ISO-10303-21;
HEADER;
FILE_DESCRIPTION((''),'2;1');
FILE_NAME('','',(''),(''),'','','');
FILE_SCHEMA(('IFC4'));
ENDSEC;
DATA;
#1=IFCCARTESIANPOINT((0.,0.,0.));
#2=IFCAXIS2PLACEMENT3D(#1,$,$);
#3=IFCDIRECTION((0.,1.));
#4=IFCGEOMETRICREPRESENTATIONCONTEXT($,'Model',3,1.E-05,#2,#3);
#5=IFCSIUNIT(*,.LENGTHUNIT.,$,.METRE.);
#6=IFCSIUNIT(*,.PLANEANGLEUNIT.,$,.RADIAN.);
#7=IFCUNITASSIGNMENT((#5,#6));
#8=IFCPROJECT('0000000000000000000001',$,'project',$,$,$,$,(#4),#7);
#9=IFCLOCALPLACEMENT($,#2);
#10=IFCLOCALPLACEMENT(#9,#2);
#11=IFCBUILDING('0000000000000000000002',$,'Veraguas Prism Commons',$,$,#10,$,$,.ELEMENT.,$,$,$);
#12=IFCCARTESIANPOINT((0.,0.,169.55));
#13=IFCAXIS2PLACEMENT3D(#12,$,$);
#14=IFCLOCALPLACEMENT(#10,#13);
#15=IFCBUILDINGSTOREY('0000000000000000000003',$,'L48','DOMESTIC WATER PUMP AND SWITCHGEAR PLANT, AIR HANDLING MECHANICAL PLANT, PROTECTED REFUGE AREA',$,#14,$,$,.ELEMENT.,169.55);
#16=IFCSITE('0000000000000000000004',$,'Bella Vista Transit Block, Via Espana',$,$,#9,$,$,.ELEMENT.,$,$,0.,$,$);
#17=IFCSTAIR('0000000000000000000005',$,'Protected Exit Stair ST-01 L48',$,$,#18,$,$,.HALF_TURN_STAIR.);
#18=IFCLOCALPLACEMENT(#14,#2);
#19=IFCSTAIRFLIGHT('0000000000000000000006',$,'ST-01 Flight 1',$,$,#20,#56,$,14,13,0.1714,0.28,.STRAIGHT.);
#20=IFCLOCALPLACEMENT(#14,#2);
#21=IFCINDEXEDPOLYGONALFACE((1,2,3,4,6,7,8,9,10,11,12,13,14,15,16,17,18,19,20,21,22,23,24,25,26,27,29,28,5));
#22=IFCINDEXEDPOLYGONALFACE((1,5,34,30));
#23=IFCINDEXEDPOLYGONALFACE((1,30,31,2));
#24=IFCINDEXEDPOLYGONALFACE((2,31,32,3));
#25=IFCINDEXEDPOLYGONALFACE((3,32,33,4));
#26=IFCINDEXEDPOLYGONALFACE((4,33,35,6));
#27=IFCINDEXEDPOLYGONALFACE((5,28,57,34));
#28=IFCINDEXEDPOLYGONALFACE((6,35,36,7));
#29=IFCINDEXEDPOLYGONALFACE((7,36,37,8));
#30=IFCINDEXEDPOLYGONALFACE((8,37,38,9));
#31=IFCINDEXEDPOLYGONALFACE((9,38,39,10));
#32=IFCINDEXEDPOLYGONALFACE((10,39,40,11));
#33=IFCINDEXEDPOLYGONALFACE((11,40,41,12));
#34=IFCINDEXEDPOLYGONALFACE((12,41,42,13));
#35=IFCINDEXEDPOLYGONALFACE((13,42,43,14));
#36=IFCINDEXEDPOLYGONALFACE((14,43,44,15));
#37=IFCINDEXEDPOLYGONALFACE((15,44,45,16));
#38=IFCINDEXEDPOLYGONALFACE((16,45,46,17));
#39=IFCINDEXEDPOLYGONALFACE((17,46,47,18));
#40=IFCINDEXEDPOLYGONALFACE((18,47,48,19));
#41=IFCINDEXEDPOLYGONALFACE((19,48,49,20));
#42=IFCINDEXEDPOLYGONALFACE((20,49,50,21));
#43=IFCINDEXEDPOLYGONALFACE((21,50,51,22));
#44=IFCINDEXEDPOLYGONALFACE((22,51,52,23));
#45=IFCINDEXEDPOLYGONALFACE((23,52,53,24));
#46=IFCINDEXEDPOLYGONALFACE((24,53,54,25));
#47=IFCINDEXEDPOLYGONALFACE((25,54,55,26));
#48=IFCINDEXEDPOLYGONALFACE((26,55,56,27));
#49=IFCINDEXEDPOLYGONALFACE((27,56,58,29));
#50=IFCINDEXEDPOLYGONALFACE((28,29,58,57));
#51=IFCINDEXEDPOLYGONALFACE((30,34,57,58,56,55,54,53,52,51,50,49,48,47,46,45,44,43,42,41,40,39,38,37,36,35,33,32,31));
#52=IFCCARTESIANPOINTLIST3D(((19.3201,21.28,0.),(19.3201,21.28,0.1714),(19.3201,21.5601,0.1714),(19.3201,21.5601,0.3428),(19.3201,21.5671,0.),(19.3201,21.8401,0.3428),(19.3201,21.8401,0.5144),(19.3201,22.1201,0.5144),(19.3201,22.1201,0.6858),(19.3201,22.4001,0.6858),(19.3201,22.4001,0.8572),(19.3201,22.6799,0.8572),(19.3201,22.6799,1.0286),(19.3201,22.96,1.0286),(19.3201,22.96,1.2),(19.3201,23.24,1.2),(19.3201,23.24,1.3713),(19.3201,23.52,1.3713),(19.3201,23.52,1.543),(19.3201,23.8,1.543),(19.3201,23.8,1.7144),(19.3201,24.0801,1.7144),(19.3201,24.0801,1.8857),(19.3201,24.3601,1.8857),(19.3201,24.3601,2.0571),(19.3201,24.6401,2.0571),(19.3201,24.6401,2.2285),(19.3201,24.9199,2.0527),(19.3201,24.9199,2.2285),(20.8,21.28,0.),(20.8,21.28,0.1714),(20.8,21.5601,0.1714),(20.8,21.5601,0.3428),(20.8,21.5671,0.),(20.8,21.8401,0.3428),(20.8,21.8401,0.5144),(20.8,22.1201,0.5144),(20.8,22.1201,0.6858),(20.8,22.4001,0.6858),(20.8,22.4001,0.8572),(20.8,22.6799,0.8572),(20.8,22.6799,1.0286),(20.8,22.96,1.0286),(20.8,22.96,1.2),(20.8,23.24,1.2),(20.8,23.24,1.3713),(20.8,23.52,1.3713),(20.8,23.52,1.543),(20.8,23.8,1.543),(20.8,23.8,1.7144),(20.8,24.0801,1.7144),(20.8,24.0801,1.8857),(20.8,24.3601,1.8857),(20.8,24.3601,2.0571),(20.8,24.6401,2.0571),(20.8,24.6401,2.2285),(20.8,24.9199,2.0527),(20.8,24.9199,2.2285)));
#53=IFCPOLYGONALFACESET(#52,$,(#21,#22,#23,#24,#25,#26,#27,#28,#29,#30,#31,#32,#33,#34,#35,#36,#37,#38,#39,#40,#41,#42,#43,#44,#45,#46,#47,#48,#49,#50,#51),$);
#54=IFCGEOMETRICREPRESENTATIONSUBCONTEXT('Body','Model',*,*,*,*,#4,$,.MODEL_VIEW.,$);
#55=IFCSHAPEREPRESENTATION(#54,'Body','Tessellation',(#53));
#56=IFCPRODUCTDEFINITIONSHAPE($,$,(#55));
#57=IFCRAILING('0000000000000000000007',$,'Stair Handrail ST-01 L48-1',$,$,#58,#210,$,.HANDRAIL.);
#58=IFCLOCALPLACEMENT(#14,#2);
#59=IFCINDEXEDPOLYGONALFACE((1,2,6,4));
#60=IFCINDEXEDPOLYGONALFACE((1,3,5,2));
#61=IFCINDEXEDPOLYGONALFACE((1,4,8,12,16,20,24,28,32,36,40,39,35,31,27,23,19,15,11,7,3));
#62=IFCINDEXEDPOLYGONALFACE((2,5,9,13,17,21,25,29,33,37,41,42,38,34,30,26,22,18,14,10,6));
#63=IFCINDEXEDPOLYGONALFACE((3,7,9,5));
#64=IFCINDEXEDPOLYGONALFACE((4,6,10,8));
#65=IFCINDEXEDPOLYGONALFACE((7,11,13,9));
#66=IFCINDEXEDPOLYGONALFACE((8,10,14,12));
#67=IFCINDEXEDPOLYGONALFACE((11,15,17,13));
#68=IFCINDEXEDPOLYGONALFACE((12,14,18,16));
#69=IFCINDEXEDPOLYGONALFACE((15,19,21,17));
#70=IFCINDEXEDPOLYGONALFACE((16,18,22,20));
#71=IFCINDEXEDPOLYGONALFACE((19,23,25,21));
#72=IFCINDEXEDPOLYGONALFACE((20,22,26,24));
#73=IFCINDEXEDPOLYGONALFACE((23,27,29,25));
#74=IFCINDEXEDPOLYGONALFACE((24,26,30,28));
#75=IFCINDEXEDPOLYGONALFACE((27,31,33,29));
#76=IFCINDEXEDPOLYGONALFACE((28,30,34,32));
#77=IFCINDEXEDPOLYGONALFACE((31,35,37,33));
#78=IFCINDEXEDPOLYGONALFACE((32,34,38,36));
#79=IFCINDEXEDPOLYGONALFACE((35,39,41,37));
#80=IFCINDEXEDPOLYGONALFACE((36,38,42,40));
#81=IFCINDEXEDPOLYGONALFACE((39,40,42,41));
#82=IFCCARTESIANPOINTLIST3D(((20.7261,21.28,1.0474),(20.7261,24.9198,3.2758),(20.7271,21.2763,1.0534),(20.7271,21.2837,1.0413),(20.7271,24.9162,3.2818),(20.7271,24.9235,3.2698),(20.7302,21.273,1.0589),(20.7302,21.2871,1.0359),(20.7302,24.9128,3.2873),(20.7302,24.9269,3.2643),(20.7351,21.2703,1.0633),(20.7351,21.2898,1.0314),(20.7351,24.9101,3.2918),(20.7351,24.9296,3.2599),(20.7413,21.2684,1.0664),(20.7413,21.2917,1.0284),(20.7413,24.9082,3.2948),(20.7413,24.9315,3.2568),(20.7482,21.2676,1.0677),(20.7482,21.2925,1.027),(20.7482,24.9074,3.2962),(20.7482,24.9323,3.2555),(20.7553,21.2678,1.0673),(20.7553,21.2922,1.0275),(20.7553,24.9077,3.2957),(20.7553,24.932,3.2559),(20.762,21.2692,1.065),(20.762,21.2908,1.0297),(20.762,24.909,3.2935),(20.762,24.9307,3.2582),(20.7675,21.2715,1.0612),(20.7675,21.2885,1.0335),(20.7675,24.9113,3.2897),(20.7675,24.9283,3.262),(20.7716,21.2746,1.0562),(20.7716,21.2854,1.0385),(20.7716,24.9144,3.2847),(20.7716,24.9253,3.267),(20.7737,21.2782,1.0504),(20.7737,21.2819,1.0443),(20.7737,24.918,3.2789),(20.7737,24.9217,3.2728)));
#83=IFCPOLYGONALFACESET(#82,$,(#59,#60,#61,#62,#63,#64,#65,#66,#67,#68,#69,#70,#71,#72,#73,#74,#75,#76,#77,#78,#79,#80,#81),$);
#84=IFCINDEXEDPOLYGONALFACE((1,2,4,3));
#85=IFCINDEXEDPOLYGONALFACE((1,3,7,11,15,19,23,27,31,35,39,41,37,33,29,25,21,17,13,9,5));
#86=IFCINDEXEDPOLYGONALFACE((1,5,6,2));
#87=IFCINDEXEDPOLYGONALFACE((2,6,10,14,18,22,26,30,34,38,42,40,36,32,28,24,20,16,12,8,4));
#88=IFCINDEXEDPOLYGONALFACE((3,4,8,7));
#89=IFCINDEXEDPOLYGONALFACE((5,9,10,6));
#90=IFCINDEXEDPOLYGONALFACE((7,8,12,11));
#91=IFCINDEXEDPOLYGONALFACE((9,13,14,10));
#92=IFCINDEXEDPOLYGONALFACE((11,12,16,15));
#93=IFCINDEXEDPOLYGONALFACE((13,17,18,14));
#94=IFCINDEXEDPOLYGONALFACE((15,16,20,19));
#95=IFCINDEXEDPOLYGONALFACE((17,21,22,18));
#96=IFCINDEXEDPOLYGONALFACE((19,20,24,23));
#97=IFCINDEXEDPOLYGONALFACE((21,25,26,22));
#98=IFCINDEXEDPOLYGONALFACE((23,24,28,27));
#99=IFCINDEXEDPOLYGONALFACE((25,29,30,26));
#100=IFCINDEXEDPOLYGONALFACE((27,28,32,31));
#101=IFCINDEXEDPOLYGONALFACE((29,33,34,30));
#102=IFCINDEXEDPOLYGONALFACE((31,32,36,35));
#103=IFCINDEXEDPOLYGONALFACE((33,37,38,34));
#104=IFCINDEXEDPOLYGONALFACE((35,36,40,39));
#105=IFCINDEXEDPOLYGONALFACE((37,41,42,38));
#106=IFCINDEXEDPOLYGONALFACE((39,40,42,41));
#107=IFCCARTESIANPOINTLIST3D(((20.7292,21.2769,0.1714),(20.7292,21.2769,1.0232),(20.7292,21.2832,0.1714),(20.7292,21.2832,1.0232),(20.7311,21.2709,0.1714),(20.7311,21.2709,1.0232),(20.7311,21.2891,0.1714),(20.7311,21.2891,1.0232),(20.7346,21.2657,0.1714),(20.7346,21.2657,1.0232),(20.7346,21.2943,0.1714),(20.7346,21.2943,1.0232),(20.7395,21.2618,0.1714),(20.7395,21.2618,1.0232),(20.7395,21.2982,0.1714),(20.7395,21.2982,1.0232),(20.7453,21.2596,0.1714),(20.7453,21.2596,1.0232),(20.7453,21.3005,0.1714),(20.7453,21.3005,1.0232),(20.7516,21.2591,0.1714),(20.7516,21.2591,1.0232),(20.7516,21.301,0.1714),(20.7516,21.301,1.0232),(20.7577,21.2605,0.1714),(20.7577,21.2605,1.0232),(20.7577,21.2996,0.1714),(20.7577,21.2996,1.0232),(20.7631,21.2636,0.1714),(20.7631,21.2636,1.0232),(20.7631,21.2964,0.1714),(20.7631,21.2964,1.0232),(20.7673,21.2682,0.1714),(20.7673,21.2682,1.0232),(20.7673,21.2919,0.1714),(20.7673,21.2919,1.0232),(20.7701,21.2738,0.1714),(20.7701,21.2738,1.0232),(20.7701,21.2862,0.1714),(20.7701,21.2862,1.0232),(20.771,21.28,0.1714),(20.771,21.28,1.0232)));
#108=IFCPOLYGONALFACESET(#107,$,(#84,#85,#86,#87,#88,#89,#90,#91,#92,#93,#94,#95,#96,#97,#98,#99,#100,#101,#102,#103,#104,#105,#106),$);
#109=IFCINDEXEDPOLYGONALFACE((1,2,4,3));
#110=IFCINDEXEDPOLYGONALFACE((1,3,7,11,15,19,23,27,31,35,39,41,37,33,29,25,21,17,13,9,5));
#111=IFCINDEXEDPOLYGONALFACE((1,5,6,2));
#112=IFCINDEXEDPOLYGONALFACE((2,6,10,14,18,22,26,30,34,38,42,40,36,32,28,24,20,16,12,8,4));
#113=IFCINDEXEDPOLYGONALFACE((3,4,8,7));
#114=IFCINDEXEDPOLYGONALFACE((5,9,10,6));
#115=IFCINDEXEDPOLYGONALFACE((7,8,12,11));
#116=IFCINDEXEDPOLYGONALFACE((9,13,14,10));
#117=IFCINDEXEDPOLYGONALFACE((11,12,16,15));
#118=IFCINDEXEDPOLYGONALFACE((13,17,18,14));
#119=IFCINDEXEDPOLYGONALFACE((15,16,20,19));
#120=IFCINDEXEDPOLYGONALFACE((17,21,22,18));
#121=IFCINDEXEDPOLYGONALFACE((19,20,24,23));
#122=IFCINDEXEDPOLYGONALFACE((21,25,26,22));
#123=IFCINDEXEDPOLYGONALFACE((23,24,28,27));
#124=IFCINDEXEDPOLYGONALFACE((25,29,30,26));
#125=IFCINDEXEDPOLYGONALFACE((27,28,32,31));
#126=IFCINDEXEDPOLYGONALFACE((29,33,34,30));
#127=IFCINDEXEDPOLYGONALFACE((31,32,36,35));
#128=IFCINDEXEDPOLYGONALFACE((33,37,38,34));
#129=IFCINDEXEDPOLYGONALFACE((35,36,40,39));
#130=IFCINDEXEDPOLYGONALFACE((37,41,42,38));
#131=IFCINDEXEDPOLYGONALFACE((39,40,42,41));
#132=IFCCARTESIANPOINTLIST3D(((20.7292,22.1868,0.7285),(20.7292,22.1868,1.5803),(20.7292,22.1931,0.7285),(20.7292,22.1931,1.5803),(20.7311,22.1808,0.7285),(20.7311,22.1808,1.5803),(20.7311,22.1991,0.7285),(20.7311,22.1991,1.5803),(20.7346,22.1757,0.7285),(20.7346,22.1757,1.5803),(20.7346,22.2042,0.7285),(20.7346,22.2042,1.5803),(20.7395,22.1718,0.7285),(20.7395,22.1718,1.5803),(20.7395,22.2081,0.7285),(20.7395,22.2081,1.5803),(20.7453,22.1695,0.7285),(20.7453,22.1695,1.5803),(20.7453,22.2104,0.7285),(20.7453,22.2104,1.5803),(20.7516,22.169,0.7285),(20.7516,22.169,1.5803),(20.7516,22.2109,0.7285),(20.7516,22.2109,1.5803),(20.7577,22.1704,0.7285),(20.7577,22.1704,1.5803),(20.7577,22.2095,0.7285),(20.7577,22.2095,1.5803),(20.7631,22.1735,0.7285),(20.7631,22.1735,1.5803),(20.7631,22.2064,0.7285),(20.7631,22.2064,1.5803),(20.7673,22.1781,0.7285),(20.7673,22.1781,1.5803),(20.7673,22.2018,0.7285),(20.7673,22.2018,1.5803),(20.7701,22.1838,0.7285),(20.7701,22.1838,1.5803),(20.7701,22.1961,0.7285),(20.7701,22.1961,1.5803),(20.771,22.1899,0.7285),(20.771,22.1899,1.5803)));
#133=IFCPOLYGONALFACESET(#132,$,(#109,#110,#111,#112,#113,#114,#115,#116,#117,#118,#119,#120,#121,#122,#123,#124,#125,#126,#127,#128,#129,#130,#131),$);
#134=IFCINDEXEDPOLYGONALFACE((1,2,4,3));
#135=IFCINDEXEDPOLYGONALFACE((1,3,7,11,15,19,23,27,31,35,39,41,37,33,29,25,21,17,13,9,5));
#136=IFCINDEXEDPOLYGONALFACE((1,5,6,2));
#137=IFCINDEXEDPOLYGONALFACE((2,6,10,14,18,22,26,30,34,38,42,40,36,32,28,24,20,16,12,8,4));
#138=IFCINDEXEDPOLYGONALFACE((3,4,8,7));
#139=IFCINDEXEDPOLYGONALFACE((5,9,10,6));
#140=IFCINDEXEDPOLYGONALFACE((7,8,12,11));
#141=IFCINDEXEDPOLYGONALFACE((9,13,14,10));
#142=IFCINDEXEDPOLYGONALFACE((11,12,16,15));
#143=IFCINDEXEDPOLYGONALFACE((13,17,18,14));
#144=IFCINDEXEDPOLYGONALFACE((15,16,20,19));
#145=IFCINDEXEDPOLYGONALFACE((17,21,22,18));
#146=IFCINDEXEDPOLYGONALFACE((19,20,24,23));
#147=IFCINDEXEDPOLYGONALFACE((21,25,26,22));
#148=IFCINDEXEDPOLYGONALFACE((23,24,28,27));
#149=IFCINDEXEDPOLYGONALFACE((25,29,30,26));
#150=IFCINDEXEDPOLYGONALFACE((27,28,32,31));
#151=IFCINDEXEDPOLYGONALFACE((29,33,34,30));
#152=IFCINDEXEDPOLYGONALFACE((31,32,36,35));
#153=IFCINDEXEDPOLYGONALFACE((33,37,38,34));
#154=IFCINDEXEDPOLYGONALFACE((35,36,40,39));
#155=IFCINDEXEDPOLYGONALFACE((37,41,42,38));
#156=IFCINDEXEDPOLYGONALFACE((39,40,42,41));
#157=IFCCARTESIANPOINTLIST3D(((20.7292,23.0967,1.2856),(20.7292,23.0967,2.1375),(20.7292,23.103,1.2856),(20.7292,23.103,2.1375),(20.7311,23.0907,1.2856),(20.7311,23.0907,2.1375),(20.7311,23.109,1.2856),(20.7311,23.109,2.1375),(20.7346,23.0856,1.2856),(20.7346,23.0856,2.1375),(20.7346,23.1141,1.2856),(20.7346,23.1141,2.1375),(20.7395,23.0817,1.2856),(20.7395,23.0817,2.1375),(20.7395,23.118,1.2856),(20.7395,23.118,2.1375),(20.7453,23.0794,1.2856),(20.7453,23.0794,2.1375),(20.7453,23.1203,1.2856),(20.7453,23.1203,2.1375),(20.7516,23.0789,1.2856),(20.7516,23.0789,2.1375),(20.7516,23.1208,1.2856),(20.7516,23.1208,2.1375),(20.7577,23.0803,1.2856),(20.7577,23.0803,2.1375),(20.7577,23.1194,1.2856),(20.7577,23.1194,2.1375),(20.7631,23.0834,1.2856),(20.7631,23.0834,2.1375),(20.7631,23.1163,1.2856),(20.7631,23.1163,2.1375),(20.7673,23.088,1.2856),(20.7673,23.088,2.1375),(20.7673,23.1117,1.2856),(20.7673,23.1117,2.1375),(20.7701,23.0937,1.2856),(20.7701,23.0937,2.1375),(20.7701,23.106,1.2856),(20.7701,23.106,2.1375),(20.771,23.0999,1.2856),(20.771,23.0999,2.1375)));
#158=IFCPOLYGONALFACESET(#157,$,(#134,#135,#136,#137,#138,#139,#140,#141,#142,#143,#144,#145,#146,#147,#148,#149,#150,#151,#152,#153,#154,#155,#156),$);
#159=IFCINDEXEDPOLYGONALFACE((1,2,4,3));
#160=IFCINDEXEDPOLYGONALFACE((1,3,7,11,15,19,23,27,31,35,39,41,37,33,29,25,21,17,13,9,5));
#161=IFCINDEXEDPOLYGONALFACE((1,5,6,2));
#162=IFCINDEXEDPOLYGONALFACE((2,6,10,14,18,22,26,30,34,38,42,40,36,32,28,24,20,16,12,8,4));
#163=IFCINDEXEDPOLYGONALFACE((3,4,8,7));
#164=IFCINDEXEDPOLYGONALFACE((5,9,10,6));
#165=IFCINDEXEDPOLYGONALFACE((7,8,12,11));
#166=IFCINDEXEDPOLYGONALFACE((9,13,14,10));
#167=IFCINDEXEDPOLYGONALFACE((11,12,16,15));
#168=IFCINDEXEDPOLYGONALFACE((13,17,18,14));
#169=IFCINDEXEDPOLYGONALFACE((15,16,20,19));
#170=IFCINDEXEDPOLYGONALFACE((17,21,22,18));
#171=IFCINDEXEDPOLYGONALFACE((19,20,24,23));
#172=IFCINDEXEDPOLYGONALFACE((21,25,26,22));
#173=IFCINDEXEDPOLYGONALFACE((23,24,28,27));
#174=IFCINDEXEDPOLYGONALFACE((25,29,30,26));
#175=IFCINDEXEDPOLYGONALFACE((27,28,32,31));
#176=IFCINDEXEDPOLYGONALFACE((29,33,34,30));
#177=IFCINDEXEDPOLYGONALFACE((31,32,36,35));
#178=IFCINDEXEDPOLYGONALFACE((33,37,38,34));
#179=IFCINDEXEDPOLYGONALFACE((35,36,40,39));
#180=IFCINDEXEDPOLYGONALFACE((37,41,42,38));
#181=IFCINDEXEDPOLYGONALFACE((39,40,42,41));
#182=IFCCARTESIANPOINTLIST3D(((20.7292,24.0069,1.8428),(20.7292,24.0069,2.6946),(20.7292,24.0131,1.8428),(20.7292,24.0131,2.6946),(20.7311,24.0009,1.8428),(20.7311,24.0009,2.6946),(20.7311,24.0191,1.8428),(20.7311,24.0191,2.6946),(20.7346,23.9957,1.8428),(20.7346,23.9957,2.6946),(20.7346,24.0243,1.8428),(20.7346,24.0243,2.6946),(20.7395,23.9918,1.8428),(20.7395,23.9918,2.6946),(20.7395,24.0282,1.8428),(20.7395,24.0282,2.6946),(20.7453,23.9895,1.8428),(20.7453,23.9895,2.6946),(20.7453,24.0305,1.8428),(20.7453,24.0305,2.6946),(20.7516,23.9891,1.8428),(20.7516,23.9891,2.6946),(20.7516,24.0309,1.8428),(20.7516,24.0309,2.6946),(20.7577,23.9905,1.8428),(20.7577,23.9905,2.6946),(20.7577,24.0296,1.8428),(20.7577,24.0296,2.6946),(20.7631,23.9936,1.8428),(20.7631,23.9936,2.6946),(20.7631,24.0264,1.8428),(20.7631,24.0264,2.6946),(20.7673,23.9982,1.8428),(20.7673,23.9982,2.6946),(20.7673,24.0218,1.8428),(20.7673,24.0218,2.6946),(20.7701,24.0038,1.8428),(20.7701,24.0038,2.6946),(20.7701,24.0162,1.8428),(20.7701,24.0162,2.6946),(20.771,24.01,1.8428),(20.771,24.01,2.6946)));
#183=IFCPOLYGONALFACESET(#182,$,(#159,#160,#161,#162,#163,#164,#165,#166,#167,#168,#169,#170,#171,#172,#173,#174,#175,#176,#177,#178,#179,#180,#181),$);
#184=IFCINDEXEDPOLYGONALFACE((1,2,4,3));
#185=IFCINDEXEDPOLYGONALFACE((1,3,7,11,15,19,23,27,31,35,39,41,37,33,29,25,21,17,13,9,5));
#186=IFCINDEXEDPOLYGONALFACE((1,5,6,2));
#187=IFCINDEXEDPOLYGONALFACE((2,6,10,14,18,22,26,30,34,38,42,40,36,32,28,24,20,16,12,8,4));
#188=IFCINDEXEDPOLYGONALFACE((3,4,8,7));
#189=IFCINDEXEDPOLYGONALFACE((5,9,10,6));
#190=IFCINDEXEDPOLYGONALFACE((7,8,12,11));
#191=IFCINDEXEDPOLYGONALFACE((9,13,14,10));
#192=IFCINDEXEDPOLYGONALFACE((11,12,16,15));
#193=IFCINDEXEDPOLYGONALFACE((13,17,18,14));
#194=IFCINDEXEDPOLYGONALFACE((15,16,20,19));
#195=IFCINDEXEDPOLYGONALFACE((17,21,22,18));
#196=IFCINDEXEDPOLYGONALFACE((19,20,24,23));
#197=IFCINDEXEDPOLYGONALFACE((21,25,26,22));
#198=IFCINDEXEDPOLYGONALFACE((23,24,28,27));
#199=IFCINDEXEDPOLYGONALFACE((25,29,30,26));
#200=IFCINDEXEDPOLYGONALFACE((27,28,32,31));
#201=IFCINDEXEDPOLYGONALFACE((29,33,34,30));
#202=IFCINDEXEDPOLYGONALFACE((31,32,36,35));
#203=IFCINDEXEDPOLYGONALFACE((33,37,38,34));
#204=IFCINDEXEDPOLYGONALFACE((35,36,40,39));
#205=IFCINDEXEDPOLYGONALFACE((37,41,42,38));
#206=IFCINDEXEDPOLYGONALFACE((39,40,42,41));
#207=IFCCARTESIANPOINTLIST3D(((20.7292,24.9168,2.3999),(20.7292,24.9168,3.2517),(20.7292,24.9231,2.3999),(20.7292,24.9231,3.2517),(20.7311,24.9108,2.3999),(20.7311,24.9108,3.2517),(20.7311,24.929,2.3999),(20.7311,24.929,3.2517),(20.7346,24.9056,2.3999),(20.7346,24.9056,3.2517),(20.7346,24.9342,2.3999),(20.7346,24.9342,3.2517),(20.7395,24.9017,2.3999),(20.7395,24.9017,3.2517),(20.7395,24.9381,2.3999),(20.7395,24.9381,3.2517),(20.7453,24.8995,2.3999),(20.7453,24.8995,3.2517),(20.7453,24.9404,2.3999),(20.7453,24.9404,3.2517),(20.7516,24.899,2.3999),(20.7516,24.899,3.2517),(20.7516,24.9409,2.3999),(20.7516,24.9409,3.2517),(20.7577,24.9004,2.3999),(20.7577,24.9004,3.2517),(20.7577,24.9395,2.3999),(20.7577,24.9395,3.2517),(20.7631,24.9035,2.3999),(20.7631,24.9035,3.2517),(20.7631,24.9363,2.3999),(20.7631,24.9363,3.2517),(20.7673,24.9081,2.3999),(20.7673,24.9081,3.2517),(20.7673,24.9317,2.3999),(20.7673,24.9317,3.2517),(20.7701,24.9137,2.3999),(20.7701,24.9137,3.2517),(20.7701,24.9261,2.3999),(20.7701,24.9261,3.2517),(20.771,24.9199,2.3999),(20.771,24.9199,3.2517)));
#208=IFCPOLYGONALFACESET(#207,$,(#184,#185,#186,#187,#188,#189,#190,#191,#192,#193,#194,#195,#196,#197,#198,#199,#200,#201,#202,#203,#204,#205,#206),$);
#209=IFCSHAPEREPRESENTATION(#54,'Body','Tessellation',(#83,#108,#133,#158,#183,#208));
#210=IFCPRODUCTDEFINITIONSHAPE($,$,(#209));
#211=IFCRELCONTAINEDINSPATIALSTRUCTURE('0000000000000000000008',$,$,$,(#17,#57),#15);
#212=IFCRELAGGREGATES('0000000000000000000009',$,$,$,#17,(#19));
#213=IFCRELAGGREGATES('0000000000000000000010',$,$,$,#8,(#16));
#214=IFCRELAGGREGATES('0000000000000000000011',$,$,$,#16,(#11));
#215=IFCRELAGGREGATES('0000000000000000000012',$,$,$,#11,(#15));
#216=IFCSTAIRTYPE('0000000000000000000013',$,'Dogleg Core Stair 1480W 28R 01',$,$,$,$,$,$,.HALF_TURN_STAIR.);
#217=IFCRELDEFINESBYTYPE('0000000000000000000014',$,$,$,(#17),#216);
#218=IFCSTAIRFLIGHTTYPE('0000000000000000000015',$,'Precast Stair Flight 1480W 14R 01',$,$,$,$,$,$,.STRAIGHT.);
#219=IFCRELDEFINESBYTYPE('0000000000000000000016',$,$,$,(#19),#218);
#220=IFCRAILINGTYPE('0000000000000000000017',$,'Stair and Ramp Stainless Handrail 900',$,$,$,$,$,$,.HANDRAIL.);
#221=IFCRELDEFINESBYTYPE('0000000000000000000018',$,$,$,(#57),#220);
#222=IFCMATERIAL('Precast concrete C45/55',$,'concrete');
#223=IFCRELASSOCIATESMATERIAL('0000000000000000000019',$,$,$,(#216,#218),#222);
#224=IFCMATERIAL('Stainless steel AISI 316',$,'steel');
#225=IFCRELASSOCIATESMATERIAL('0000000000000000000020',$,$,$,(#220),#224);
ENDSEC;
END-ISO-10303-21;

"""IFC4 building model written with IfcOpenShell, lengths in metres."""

from ifc_helpers import new_model, si_unit, direction, frame, origin, origin_2d, place, context, subcontext, project, spatial, polyline, circle, outline, extrude, material, type_object, element, aggregate, save


model = new_model("IFC4")

# Units and contexts
model_context = context("Model", 3, precision=1e-05, world=origin(), true_north=direction((0.0, 1.0)))
body_context = subcontext(model_context, "Body", "Model", "MODEL_VIEW")
ifc_project = project(units=[si_unit("LENGTHUNIT", "METRE"), si_unit("PLANEANGLEUNIT", "RADIAN")], contexts=[model_context])

# Site, building, storey
site_placement = place(None, origin())
site = spatial("IfcSite", under=ifc_project, at=site_placement, Name="Bella Vista Transit Block, Via Espana", CompositionType="ELEMENT", RefElevation=0.0)
building_placement = place(site_placement, origin())
building = spatial("IfcBuilding", under=site, at=building_placement, Name="Veraguas Prism Commons", CompositionType="ELEMENT")
storey_placement = place(building_placement, frame((0.0, 0.0, 169.55)))
storey = spatial("IfcBuildingStorey", under=building, at=storey_placement, Name="L48", Description="DOMESTIC WATER PUMP AND SWITCHGEAR PLANT, AIR HANDLING MECHANICAL PLANT, PROTECTED REFUGE AREA", CompositionType="ELEMENT", Elevation=169.55)

# Shared definitions
ifc_material_1 = material(Name="Stainless steel AISI 316", Category="steel")

# Stair, stair flight
ifc_material_2 = material(Name="Precast concrete C45/55", Category="concrete")
stair_type = type_object("IfcStairType", Name="Dogleg Core Stair 1480W 28R 01", PredefinedType="HALF_TURN_STAIR", material=ifc_material_2)
stair_placement = place(storey_placement, origin())
stair = element("IfcStair", 1, at=stair_placement, inside=storey, type_object=stair_type, Name="Protected Exit Stair ST-01 L48", PredefinedType="HALF_TURN_STAIR")
stair_flight_type = type_object("IfcStairFlightType", Name="Precast Stair Flight 1480W 14R 01", PredefinedType="STRAIGHT", material=ifc_material_2)
stair_flight_placement = place(storey_placement, frame((20.0601, 21.28, 0.0), z_axis=(0.0, 0.0, 1.0), x_axis=(0.0, 1.0, 0.0)))
stair_flight = element("IfcStairFlight", 2, at=stair_flight_placement, type_object=stair_flight_type, Name="ST-01 Flight 1", NumberOfRisers=14, NumberOfTreads=13, PredefinedType="STRAIGHT", RiserHeight=0.1714, TreadLength=0.28, context=body_context, shape_type="SweptSolid", body=[
    extrude(outline(polyline([(0.0, 0.0), (0.0, 0.1714), (0.28, 0.1714), (0.28, 0.3428), (0.5601, 0.3428), (0.5601, 0.5144), (0.8401, 0.5144), (0.8401, 0.6858), (1.1201, 0.6858), (1.1201, 0.8572), (1.3999, 0.8572), (1.3999, 1.0286), (1.6799, 1.0286), (1.6799, 1.2), (1.96, 1.2), (1.96, 1.3713), (2.24, 1.3713), (2.24, 1.543), (2.52, 1.543), (2.52, 1.7144), (2.8, 1.7144), (2.8, 1.8857), (3.0801, 1.8857), (3.0801, 2.0571), (3.3601, 2.0571), (3.3601, 2.2285), (3.6399, 2.2285), (3.6399, 2.3999), (3.6399, 2.0527), (0.2871, 0.0), (0.0, 0.0)])), frame((0.0, 0.74, 0.0), z_axis=(0.0, -1.0, 0.0), x_axis=(1.0, 0.0, 0.0)), (0.0, 0.0, 1.0), 1.48),
])
aggregate(stair, [stair_flight])

# Railing
railing_type_1 = type_object("IfcRailingType", Name="Stair and Ramp Stainless Handrail 900", PredefinedType="HANDRAIL", material=ifc_material_1)
railing_1_placement = place(storey_placement, frame((20.75, 21.28, 0.1714)))
element("IfcRailing", 3, at=railing_1_placement, inside=storey, type_object=railing_type_1, Name="Stair Handrail ST-01 L48-1", PredefinedType="HANDRAIL", context=body_context, shape_type="SweptSolid", body=[
    extrude(circle(Radius=0.0239, at=origin_2d()), frame((0.0, 0.0, 0.876), z_axis=(0.0, 0.85285, 0.522156), x_axis=(-1.0, 0.0, 0.0)), (0.0, 0.0, 1.0), 4.2678),
    extrude(circle(Radius=0.021, at=origin_2d()), origin(), (0.0, 0.0, 1.0), 0.8518),
    extrude(circle(Radius=0.021, at=origin_2d()), frame((0.0, 0.9099, 0.5571)), (0.0, 0.0, 1.0), 0.8518),
    extrude(circle(Radius=0.021, at=origin_2d()), frame((0.0, 1.8198, 1.1143)), (0.0, 0.0, 1.0), 0.8518),
    extrude(circle(Radius=0.021, at=origin_2d()), frame((0.0, 2.73, 1.6714)), (0.0, 0.0, 1.0), 0.8518),
    extrude(circle(Radius=0.021, at=origin_2d()), frame((0.0, 3.6399, 2.2285)), (0.0, 0.0, 1.0), 0.8518),
])

save(model, "model.ifc")
